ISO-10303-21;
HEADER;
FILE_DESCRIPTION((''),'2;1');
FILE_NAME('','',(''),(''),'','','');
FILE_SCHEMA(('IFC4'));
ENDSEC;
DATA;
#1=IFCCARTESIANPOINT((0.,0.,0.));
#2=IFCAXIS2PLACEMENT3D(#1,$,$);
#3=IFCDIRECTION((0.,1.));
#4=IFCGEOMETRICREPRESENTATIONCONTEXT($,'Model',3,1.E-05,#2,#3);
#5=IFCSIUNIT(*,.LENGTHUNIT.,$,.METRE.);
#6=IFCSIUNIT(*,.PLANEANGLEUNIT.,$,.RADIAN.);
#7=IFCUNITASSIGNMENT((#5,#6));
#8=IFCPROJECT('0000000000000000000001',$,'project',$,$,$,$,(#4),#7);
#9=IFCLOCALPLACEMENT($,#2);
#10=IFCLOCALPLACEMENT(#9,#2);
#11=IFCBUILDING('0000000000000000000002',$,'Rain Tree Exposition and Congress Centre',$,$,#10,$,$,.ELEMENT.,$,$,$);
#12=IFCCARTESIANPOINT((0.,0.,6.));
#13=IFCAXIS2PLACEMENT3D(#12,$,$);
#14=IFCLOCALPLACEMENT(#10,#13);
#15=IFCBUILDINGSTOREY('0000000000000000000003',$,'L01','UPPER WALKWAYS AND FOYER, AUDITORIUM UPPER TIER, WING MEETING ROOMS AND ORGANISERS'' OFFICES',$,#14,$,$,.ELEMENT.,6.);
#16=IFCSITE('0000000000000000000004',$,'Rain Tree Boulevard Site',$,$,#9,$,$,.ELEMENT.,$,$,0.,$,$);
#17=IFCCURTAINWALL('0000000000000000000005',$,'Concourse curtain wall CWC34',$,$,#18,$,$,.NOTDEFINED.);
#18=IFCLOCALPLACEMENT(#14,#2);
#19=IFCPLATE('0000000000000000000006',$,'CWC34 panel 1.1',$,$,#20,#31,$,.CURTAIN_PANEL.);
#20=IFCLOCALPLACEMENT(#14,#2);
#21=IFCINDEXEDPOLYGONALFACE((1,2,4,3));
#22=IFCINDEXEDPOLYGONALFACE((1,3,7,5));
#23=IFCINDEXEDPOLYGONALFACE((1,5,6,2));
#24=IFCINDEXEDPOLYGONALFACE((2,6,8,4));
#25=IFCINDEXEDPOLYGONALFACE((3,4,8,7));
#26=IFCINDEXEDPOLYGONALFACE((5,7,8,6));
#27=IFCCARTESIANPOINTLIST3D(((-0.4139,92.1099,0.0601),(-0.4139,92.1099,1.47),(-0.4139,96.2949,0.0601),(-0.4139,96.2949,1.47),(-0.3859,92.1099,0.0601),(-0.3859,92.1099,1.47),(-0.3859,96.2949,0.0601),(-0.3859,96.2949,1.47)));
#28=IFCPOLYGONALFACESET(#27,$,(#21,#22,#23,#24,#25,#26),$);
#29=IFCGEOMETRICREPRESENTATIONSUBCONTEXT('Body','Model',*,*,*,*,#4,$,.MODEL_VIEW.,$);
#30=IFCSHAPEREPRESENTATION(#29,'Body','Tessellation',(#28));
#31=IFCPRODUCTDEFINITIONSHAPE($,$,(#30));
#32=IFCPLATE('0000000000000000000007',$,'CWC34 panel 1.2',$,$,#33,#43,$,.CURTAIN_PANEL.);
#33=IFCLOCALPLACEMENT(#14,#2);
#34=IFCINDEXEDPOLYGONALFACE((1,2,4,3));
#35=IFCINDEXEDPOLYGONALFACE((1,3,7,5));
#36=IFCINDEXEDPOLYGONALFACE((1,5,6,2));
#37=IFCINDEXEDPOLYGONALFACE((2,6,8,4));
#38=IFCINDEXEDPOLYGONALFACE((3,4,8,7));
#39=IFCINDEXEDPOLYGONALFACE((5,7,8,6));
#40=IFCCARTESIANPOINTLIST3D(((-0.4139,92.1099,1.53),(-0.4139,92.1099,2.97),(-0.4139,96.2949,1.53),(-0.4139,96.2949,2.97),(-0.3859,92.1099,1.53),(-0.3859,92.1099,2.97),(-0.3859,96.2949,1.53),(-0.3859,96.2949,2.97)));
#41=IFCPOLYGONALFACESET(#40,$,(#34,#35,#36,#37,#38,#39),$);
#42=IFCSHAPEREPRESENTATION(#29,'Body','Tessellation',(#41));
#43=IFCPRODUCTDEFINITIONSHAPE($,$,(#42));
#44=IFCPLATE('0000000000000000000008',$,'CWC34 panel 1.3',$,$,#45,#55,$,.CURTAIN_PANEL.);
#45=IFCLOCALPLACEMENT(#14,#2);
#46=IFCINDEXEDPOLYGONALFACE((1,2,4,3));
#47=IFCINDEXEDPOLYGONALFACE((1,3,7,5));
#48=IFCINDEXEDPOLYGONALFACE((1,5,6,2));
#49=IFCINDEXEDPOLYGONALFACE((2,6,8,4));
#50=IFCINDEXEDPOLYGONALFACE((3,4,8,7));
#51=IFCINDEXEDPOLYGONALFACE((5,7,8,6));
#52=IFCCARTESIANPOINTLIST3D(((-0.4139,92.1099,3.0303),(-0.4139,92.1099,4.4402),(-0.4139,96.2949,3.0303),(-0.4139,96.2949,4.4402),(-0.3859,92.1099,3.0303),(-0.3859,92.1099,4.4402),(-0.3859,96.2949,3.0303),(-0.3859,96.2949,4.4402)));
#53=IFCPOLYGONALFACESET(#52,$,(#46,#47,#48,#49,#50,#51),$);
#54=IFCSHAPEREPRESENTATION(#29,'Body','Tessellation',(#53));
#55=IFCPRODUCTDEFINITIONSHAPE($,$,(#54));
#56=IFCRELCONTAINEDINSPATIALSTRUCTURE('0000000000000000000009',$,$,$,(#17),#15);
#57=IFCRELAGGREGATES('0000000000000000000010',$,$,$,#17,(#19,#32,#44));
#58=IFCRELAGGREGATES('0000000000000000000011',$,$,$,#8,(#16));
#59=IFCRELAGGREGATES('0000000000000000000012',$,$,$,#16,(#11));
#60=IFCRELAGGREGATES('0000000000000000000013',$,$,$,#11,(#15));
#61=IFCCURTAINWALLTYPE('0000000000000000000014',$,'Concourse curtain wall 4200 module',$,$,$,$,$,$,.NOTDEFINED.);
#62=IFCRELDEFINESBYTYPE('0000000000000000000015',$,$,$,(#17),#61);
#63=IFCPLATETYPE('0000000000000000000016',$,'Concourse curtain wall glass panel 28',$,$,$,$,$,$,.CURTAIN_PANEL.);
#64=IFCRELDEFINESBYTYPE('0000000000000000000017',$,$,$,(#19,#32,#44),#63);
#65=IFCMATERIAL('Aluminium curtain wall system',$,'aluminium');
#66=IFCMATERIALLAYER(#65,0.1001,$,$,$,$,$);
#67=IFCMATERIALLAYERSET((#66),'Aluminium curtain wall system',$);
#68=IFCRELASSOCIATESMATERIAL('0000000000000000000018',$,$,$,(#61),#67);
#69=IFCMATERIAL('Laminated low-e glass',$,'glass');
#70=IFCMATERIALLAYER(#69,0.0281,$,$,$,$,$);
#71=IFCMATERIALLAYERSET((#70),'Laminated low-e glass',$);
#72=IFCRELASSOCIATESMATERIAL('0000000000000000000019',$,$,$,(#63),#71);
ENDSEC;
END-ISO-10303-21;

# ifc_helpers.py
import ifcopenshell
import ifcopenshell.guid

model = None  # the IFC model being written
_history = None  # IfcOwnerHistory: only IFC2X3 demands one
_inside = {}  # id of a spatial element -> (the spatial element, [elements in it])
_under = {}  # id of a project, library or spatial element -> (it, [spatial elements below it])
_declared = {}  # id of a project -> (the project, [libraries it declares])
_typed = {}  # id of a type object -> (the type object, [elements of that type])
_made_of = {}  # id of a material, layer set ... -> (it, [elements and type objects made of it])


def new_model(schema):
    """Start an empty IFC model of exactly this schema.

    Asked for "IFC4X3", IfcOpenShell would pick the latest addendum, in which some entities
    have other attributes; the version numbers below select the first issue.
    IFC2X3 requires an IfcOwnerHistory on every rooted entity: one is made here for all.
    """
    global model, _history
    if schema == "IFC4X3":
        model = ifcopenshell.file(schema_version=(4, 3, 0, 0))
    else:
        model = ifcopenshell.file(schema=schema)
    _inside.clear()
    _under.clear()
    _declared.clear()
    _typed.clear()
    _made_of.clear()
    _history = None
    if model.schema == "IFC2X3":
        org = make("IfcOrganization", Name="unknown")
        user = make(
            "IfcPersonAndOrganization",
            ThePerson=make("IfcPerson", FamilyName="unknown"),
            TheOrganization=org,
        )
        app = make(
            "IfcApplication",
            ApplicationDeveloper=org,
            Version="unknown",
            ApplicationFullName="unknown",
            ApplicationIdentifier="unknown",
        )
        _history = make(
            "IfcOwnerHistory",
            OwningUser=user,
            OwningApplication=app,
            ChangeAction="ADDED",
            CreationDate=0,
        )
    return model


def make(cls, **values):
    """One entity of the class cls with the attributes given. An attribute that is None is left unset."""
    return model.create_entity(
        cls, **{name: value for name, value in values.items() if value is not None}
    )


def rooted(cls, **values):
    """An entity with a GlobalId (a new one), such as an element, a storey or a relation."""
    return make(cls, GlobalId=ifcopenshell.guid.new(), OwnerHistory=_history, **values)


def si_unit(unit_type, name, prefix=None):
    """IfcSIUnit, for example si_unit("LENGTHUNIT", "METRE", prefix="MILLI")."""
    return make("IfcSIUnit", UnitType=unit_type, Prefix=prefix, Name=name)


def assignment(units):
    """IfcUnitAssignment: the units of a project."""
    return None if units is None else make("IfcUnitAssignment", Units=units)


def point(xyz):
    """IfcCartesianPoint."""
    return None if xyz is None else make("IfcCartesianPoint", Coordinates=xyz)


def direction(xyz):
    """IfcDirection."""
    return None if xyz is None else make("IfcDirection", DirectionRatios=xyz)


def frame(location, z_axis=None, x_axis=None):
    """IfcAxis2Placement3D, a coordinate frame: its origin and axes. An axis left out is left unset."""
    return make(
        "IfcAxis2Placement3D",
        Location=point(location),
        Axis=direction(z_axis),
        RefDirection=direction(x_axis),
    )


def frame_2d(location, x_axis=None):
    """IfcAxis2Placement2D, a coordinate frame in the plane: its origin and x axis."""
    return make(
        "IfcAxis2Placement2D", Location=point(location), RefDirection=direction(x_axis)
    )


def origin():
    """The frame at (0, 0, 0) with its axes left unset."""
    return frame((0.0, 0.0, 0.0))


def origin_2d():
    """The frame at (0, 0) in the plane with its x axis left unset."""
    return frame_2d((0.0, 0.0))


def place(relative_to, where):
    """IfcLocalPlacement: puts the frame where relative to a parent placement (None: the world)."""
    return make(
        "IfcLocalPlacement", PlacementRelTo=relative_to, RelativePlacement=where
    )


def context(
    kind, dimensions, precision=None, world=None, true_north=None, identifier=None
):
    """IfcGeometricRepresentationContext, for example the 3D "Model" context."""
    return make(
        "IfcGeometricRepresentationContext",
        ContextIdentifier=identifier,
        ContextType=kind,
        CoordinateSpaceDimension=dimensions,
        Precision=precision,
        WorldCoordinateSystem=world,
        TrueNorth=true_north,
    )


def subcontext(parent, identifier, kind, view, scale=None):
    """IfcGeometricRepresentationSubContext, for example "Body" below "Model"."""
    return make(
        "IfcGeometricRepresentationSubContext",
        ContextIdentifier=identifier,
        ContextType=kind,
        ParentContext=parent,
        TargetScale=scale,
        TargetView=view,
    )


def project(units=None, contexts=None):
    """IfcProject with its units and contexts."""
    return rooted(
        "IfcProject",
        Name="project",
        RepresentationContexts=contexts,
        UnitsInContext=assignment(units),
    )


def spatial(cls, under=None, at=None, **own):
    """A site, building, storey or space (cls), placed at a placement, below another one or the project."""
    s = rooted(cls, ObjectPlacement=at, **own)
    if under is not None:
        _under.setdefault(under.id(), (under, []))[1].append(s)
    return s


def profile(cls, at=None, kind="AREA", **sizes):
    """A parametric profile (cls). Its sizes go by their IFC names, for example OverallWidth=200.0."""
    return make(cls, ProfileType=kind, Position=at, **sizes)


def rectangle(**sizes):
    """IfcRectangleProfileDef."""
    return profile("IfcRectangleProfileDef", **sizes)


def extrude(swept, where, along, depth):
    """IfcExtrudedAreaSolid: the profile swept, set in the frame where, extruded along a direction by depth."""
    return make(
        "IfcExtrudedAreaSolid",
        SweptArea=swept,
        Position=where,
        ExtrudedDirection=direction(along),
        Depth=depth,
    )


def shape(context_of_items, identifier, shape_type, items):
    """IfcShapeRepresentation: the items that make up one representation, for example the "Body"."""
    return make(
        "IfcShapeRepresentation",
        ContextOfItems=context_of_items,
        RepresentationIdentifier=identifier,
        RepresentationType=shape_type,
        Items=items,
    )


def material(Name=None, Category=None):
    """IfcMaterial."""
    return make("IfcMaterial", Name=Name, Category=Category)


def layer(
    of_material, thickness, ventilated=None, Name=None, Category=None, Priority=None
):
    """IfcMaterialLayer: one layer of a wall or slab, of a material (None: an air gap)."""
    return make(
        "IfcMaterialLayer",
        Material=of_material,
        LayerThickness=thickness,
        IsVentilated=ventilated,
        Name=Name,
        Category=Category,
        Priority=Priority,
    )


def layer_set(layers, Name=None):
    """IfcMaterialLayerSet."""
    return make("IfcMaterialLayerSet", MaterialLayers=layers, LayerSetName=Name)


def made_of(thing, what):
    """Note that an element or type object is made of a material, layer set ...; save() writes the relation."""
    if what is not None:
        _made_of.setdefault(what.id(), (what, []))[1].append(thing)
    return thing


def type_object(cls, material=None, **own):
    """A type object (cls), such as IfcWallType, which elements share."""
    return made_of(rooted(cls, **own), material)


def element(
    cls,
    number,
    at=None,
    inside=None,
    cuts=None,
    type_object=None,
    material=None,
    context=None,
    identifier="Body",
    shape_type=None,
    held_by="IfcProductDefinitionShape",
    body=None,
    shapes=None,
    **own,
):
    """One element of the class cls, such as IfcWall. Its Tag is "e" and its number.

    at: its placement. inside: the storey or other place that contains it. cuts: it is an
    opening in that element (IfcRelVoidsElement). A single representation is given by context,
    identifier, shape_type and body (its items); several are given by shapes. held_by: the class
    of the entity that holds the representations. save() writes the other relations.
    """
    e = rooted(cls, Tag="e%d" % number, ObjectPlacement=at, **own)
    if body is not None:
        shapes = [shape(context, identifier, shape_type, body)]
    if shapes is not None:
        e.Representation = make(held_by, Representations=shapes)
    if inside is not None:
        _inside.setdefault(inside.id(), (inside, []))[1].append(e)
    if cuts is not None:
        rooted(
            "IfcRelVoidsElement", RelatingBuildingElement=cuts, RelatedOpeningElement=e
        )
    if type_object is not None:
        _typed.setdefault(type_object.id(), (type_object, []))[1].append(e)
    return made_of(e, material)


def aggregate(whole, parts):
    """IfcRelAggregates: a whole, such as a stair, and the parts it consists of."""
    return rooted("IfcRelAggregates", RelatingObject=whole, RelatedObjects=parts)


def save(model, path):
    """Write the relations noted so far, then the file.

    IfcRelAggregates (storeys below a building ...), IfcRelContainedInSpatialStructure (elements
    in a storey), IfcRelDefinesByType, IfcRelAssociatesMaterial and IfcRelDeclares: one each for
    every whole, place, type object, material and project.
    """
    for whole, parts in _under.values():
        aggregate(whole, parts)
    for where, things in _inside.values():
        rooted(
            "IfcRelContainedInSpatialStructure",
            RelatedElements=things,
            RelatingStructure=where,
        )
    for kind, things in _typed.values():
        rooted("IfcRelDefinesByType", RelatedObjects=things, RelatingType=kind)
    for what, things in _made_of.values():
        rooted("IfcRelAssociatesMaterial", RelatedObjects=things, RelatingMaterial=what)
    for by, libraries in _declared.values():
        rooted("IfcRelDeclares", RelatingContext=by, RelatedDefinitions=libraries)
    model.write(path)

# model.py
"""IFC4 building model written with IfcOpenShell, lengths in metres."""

from ifc_helpers import new_model, si_unit, direction, frame, origin, origin_2d, place, context, subcontext, project, spatial, rectangle, extrude, material, layer, layer_set, type_object, element, aggregate, save


model = new_model("IFC4")

# Units and contexts
model_context = context("Model", 3, precision=1e-05, world=origin(), true_north=direction((0.0, 1.0)))
body_context = subcontext(model_context, "Body", "Model", "MODEL_VIEW")
ifc_project = project(units=[si_unit("LENGTHUNIT", "METRE"), si_unit("PLANEANGLEUNIT", "RADIAN")], contexts=[model_context])

# Site, building, storey
site_placement = place(None, origin())
site = spatial("IfcSite", under=ifc_project, at=site_placement, Name="Rain Tree Boulevard Site", CompositionType="ELEMENT", RefElevation=0.0)
building_placement = place(site_placement, origin())
building = spatial("IfcBuilding", under=site, at=building_placement, Name="Rain Tree Exposition and Congress Centre", CompositionType="ELEMENT")
storey_placement = place(building_placement, frame((0.0, 0.0, 6.0)))
storey = spatial("IfcBuildingStorey", under=building, at=storey_placement, Name="L01", Description="UPPER WALKWAYS AND FOYER, AUDITORIUM UPPER TIER, WING MEETING ROOMS AND ORGANISERS' OFFICES", CompositionType="ELEMENT", Elevation=6.0)

# Shared definitions
ifc_material_1 = material(Name="Aluminium curtain wall system", Category="aluminium")
ifc_layer_1 = layer(ifc_material_1, 0.1001)
ifc_layer_set_1 = layer_set([ifc_layer_1], Name="Aluminium curtain wall system")
curtain_wall_type = type_object("IfcCurtainWallType", Name="Concourse curtain wall 4200 module", PredefinedType="NOTDEFINED", material=ifc_layer_set_1)

# Curtain wall
curtain_wall_1_placement = place(storey_placement, origin())
curtain_wall_1 = element("IfcCurtainWall", 1, at=curtain_wall_1_placement, inside=storey, type_object=curtain_wall_type, Name="Concourse curtain wall CWC34", PredefinedType="NOTDEFINED")

# Plates
ifc_material_2 = material(Name="Laminated low-e glass", Category="glass")
ifc_layer_2 = layer(ifc_material_2, 0.0281)
ifc_layer_set_2 = layer_set([ifc_layer_2], Name="Laminated low-e glass")
plate_type = type_object("IfcPlateType", Name="Concourse curtain wall glass panel 28", PredefinedType="CURTAIN_PANEL", material=ifc_layer_set_2)
plate_1_placement = place(storey_placement, frame((-0.3999, 94.2024, 0.0601), z_axis=(0.0, 0.0, 1.0), x_axis=(0.0, 1.0, 0.0)))
plate_1 = element("IfcPlate", 2, at=plate_1_placement, type_object=plate_type, Name="CWC34 panel 1.1", PredefinedType="CURTAIN_PANEL", context=body_context, shape_type="SweptSolid", body=[
    extrude(rectangle(XDim=4.1851, YDim=0.0281, at=origin_2d()), origin(), (0.0, 0.0, 1.0), 1.4099),
])
plate_2_placement = place(storey_placement, frame((-0.3999, 94.2024, 1.53), z_axis=(0.0, 0.0, 1.0), x_axis=(0.0, 1.0, 0.0)))
plate_2 = element("IfcPlate", 3, at=plate_2_placement, type_object=plate_type, Name="CWC34 panel 1.2", PredefinedType="CURTAIN_PANEL", context=body_context, shape_type="SweptSolid", body=[
    extrude(rectangle(XDim=4.1851, YDim=0.0281, at=origin_2d()), origin(), (0.0, 0.0, 1.0), 1.4399),
])
plate_3_placement = place(storey_placement, frame((-0.3999, 94.2024, 3.0303), z_axis=(0.0, 0.0, 1.0), x_axis=(0.0, 1.0, 0.0)))
plate_3 = element("IfcPlate", 4, at=plate_3_placement, type_object=plate_type, Name="CWC34 panel 1.3", PredefinedType="CURTAIN_PANEL", context=body_context, shape_type="SweptSolid", body=[
    extrude(rectangle(XDim=4.1851, YDim=0.0281, at=origin_2d()), origin(), (0.0, 0.0, 1.0), 1.4099),
])
aggregate(curtain_wall_1, [plate_1, plate_2, plate_3])

save(model, "model.ifc")
